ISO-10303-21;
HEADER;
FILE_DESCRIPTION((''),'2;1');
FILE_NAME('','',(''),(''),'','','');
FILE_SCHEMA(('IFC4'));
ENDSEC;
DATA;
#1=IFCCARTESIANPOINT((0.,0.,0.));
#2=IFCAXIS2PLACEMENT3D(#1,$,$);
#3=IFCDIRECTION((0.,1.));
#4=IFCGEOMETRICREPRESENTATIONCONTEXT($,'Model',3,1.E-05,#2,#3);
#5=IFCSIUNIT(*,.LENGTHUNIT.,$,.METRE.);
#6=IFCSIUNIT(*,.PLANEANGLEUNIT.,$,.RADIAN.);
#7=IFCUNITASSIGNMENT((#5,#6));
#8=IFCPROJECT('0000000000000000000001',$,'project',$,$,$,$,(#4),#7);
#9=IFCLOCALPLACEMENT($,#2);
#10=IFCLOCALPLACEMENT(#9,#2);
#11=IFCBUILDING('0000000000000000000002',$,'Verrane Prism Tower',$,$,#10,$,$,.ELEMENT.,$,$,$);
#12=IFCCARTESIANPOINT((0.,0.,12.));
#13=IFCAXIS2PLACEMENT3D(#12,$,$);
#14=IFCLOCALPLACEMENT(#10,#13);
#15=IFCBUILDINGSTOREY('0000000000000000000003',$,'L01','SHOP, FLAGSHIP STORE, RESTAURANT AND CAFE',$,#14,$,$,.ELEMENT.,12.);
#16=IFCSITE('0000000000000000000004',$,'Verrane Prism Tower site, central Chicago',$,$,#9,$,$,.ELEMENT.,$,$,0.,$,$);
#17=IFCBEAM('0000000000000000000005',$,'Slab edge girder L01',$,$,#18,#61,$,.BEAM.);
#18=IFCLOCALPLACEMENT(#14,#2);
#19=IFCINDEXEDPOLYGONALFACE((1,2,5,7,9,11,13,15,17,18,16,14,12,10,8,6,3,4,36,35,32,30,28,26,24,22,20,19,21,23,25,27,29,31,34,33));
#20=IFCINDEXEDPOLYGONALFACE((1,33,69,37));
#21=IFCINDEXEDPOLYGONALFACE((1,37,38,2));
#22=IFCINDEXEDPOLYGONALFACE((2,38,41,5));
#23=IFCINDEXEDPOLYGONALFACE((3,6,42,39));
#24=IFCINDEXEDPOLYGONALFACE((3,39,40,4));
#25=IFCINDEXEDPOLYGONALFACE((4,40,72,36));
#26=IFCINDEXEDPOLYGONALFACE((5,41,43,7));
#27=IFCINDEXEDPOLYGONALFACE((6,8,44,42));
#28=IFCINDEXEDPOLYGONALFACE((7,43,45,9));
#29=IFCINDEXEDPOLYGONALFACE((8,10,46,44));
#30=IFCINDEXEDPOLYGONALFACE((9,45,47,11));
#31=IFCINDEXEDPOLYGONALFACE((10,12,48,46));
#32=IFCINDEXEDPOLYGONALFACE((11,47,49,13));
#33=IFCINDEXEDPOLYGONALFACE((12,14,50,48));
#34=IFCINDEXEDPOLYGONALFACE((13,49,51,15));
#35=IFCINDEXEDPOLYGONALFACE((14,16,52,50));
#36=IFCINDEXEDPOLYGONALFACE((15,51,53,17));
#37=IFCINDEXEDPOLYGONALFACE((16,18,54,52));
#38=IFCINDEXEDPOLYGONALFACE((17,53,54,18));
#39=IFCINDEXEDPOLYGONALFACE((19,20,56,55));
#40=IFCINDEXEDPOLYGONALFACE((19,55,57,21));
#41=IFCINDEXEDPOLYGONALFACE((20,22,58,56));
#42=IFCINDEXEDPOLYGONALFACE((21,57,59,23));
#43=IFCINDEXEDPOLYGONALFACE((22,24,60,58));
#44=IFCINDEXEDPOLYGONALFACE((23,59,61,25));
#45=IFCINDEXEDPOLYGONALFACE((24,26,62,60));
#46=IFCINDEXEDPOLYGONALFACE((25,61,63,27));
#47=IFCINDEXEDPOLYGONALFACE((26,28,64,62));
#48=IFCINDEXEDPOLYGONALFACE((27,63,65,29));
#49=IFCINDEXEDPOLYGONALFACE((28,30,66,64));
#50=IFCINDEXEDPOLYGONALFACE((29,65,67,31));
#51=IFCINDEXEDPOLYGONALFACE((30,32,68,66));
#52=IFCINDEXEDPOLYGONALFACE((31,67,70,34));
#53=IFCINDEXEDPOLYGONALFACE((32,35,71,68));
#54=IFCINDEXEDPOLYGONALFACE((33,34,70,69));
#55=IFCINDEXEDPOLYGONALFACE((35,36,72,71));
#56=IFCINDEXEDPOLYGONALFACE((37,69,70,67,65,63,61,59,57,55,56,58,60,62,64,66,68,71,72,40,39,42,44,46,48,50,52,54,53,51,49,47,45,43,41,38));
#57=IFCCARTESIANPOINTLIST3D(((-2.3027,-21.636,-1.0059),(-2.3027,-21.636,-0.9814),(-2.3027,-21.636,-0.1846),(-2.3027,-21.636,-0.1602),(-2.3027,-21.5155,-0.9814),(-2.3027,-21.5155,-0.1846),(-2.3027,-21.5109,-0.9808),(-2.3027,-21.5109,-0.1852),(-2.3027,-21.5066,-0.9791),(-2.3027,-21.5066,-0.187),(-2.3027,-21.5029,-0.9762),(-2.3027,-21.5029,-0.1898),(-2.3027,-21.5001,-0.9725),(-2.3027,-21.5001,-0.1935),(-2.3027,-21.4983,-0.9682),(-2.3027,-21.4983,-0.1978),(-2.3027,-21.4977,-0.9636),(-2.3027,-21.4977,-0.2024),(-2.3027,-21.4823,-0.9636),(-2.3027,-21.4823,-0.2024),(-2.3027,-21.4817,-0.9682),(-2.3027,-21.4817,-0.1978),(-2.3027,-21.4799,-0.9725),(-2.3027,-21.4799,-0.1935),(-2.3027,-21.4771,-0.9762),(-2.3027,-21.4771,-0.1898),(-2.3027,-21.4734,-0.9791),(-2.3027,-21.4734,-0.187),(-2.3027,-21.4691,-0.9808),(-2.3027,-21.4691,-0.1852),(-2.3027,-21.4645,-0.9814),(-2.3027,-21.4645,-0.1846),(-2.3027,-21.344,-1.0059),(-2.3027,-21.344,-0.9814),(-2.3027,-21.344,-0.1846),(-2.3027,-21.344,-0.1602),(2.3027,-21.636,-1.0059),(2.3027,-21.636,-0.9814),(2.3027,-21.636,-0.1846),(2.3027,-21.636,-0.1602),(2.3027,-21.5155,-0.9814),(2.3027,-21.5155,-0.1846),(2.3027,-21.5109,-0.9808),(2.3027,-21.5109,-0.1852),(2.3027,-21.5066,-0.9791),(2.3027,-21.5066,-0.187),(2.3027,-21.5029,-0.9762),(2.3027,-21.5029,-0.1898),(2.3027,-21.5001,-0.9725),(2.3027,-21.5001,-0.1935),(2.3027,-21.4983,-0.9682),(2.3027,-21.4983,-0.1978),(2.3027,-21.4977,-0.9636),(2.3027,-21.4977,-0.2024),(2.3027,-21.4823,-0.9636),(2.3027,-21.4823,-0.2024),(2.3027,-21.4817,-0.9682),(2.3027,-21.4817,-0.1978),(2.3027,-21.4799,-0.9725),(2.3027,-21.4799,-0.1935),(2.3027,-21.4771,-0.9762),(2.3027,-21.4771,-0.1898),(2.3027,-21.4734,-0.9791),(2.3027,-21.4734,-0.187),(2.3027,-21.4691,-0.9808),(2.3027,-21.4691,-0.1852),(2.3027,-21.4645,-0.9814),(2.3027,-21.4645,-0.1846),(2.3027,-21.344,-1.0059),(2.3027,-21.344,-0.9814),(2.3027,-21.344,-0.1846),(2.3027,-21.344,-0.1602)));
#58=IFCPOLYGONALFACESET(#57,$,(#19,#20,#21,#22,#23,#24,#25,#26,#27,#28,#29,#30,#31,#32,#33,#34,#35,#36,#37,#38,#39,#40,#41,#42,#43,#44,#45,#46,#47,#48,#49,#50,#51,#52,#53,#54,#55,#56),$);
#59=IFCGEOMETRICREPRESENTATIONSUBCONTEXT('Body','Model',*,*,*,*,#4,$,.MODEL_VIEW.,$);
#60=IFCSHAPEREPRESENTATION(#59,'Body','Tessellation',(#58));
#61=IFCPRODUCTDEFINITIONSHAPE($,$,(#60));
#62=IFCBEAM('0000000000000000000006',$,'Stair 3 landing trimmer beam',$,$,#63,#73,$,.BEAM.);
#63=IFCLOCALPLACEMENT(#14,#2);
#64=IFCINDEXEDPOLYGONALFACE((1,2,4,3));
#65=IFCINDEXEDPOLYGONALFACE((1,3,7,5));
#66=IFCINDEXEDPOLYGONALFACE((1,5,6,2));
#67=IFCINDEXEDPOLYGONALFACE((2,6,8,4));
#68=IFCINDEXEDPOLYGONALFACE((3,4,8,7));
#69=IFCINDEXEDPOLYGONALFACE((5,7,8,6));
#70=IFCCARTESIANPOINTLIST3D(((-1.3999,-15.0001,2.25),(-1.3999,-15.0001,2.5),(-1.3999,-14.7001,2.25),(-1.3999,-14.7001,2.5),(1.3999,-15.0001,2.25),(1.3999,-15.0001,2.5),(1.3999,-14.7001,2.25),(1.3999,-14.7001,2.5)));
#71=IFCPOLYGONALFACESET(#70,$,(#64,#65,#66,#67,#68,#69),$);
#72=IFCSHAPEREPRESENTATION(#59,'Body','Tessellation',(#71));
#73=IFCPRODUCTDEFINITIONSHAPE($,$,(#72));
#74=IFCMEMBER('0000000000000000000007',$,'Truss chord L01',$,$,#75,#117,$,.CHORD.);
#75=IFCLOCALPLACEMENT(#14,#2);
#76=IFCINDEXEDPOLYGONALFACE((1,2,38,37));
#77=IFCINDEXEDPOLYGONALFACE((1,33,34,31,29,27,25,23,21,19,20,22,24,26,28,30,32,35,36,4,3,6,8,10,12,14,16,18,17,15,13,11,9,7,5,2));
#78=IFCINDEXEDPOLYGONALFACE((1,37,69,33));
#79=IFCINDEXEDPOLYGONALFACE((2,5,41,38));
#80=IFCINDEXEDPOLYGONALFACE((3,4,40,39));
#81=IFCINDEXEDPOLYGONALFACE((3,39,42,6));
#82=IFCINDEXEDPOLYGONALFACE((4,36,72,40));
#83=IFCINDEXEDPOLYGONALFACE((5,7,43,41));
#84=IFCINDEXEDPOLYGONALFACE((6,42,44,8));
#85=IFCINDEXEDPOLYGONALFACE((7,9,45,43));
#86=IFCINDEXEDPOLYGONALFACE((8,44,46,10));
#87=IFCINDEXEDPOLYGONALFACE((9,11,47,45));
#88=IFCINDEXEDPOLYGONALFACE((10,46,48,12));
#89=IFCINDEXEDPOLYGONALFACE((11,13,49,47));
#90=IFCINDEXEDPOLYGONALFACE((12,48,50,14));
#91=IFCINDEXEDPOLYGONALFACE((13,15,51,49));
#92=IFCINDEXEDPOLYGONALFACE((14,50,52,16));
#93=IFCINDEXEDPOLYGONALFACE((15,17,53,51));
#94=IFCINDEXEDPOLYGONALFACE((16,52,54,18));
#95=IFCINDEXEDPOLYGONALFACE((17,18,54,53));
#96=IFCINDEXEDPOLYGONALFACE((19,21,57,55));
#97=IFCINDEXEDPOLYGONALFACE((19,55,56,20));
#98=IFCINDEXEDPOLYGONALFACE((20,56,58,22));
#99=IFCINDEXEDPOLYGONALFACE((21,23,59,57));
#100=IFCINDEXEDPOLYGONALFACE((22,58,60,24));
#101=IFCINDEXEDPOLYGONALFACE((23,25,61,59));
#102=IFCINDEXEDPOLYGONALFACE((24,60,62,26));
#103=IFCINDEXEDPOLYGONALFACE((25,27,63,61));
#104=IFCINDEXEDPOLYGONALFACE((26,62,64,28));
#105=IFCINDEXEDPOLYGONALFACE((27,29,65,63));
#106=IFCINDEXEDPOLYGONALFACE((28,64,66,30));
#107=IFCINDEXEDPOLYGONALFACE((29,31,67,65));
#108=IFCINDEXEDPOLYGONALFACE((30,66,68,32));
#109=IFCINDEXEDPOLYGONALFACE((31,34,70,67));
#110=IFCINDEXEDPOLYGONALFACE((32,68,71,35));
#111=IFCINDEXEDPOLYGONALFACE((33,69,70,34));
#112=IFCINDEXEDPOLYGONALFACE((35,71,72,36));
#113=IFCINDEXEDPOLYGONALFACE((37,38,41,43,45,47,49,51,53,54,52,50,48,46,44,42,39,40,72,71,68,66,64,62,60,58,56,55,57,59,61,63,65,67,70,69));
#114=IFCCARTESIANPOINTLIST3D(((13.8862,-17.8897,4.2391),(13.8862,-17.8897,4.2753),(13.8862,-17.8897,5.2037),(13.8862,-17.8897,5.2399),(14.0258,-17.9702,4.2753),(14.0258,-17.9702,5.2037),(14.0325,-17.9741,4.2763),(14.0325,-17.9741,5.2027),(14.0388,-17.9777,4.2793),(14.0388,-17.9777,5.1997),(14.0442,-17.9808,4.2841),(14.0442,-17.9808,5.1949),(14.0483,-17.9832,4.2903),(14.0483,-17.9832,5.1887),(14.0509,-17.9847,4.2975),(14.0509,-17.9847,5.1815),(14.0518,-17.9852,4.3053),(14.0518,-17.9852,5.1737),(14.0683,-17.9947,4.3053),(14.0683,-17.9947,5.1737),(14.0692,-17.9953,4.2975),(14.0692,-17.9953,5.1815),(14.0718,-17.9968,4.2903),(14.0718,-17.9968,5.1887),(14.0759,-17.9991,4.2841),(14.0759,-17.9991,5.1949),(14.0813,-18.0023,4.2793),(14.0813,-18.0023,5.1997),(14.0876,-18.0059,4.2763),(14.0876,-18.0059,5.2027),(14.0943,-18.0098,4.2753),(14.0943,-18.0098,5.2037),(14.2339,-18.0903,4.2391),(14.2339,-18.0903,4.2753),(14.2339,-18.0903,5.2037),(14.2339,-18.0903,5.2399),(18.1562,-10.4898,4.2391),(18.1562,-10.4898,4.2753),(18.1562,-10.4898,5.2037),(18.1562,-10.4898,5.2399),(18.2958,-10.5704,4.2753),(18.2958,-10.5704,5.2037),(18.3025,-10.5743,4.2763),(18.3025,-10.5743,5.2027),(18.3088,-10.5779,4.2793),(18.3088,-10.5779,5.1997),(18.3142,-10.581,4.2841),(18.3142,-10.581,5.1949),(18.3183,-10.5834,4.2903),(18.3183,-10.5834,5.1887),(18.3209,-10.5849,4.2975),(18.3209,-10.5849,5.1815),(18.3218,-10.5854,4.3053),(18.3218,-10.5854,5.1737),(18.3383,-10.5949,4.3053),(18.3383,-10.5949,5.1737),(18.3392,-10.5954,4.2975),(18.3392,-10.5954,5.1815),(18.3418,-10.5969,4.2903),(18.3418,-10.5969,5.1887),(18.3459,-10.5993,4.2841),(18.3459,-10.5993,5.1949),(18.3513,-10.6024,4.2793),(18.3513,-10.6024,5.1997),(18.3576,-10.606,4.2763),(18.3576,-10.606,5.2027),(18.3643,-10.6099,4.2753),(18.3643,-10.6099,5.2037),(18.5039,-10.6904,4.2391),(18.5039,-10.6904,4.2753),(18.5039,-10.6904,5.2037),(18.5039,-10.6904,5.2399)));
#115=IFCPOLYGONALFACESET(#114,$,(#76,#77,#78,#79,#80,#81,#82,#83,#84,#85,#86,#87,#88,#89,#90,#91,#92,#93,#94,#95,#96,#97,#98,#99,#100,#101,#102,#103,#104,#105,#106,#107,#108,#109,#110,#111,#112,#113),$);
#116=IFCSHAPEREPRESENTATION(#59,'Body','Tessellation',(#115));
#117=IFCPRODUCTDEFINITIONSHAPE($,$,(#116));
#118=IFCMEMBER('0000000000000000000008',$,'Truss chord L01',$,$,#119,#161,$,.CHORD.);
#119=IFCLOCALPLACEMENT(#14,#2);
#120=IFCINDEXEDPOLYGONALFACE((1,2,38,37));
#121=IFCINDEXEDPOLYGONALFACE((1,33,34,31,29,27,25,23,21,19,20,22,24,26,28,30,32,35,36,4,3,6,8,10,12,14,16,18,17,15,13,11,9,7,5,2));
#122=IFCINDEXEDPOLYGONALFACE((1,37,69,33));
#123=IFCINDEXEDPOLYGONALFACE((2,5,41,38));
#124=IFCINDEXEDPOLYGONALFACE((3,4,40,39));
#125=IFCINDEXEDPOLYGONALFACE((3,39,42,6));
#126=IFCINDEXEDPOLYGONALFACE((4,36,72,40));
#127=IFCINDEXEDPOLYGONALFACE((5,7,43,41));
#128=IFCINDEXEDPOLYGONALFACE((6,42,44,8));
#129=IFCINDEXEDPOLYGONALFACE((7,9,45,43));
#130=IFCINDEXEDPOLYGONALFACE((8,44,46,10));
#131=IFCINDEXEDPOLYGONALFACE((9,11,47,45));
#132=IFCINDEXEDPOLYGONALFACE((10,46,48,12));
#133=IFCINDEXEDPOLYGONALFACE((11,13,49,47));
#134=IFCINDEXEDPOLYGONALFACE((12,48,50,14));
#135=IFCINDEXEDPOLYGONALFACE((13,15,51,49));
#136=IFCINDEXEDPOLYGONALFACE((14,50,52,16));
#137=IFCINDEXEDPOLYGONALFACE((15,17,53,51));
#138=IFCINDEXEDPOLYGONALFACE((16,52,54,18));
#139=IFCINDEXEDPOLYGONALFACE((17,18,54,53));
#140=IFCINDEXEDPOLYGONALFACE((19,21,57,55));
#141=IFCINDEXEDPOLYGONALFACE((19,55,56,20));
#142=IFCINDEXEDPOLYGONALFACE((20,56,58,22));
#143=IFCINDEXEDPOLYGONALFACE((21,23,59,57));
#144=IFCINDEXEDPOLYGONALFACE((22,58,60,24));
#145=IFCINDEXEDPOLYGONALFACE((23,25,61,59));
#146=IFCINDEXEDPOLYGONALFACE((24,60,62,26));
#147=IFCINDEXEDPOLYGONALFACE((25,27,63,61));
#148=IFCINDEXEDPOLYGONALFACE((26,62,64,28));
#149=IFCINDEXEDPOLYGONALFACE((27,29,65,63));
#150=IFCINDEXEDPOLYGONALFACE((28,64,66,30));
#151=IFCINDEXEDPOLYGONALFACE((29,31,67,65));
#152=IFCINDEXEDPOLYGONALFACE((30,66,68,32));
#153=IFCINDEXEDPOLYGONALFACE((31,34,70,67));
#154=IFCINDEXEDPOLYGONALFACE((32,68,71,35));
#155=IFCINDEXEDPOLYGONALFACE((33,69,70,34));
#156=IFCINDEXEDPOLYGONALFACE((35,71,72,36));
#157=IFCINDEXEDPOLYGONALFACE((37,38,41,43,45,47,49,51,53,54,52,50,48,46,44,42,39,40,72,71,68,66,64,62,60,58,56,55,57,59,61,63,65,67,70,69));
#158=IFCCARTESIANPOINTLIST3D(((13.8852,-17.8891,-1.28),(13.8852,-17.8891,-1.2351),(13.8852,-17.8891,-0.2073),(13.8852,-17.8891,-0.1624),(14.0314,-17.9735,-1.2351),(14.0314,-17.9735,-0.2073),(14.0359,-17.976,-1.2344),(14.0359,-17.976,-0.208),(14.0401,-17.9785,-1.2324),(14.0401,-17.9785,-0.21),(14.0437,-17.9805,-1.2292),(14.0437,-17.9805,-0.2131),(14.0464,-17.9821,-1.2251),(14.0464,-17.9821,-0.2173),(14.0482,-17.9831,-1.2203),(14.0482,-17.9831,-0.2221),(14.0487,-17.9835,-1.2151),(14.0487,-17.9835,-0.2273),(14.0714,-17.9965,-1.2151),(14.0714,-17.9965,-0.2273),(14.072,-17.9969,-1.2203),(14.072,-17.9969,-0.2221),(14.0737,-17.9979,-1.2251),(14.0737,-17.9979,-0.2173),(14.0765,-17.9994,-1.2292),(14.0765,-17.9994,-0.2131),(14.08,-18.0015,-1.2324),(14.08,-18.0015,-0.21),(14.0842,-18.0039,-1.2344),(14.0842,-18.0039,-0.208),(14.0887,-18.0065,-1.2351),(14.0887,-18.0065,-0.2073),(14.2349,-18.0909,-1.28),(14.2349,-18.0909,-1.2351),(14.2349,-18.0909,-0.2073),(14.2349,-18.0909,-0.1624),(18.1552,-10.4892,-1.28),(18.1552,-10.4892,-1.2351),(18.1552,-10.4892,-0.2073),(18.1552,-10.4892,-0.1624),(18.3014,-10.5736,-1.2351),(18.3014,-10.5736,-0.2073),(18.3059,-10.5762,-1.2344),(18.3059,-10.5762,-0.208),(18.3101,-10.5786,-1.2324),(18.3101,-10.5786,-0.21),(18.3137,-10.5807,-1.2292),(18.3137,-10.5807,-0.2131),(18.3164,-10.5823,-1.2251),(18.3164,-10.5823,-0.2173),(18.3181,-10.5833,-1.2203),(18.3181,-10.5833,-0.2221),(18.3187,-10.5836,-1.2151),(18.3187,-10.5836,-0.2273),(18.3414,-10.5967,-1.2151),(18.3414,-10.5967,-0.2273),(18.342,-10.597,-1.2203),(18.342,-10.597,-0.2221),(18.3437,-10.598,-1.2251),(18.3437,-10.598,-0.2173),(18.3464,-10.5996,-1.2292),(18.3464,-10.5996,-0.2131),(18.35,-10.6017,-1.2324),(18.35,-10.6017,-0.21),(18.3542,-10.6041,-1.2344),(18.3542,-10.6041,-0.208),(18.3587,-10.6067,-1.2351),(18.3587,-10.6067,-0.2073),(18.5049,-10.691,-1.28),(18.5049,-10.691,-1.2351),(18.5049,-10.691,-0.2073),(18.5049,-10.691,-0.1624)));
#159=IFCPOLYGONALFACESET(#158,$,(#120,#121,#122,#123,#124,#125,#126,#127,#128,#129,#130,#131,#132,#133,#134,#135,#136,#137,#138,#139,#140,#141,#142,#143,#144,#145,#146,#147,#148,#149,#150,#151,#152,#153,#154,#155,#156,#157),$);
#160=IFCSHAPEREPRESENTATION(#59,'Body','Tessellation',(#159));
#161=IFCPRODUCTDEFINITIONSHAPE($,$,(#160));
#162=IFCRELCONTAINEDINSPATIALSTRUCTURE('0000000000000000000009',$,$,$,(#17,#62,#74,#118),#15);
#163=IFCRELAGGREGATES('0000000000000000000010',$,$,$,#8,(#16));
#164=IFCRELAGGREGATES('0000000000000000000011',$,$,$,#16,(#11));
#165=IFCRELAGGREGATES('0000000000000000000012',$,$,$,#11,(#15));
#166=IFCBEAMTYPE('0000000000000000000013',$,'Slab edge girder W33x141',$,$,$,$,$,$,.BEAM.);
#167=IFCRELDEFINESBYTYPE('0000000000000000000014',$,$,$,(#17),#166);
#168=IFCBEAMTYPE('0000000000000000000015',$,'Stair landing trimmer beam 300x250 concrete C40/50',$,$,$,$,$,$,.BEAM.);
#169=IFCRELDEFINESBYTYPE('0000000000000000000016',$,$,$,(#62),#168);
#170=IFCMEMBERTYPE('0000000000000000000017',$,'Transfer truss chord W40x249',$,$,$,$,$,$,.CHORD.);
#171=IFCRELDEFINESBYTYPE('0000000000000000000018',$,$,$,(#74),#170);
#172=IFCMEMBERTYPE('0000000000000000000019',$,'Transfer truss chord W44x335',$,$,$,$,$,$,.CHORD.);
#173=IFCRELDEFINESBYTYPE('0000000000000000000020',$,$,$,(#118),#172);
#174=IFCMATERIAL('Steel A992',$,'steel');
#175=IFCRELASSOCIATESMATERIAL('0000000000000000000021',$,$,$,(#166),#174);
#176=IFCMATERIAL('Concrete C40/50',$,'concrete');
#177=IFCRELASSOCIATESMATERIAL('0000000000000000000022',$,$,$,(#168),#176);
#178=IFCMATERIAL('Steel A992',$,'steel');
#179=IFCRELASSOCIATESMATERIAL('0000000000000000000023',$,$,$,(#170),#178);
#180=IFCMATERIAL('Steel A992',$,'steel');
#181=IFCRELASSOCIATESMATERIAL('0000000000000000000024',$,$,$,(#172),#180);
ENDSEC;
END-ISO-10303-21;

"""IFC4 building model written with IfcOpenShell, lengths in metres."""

from ifc_helpers import new_model, si_unit, direction, frame, origin, origin_2d, place, context, subcontext, project, spatial, rectangle, i_section, extrude, material, material_profile, profile_set, type_object, element, save


model = new_model("IFC4")

# Units and contexts
model_context = context("Model", 3, precision=1e-05, world=origin(), true_north=direction((0.0, 1.0)))
body_context = subcontext(model_context, "Body", "Model", "MODEL_VIEW")
ifc_project = project(units=[si_unit("LENGTHUNIT", "METRE"), si_unit("PLANEANGLEUNIT", "RADIAN")], contexts=[model_context])

# Site, building, storey
site_placement = place(None, origin())
site = spatial("IfcSite", under=ifc_project, at=site_placement, Name="Verrane Prism Tower site, central Chicago", CompositionType="ELEMENT", RefElevation=0.0)
building_placement = place(site_placement, origin())
building = spatial("IfcBuilding", under=site, at=building_placement, Name="Verrane Prism Tower", CompositionType="ELEMENT")
storey_placement = place(building_placement, frame((0.0, 0.0, 12.0)))
storey = spatial("IfcBuildingStorey", under=building, at=storey_placement, Name="L01", Description="SHOP, FLAGSHIP STORE, RESTAURANT AND CAFE", CompositionType="ELEMENT", Elevation=12.0)

# Beams
ifc_material_1 = material(Name="Steel A992", Category="steel")
ifc_material_profile_1 = material_profile(ifc_material_1, i_section(OverallWidth=0.292, OverallDepth=0.8457, WebThickness=0.0154, FlangeThickness=0.0244, FilletRadius=0.0178, at=origin_2d()), Name="W33x141")
ifc_profile_set_1 = profile_set([ifc_material_profile_1], Name="Steel A992")
beam_type_1 = type_object("IfcBeamType", Name="Slab edge girder W33x141", PredefinedType="BEAM", material=ifc_profile_set_1)
beam_1_placement = place(storey_placement, frame((2.3027, -21.49, -0.583), z_axis=(-1.0, 0.0, 0.0), x_axis=(0.0, -1.0, 0.0)))
element("IfcBeam", 1, at=beam_1_placement, inside=storey, type_object=beam_type_1, Name="Slab edge girder L01", PredefinedType="BEAM", context=body_context, shape_type="SweptSolid", body=[
    extrude(i_section(OverallWidth=0.292, OverallDepth=0.8457, WebThickness=0.0154, FlangeThickness=0.0244, FilletRadius=0.0178, at=origin_2d()), origin(), (0.0, 0.0, 1.0), 4.6055),
])
ifc_material_2 = material(Name="Concrete C40/50", Category="concrete")
ifc_material_profile_2 = material_profile(ifc_material_2, rectangle(XDim=0.3, YDim=0.25, at=origin_2d()), Name="RC 300x250")
ifc_profile_set_2 = profile_set([ifc_material_profile_2], Name="Concrete C40/50")
beam_type_2 = type_object("IfcBeamType", Name="Stair landing trimmer beam 300x250 concrete C40/50", PredefinedType="BEAM", material=ifc_profile_set_2)
beam_2_placement = place(storey_placement, frame((1.3999, -14.8501, 2.375), z_axis=(-1.0, 0.0, 0.0), x_axis=(0.0, -1.0, 0.0)))
element("IfcBeam", 2, at=beam_2_placement, inside=storey, type_object=beam_type_2, Name="Stair 3 landing trimmer beam", PredefinedType="BEAM", context=body_context, shape_type="SweptSolid", body=[
    extrude(rectangle(XDim=0.3, YDim=0.25, at=origin_2d()), origin(), (0.0, 0.0, 1.0), 2.7998),
])

# Members
ifc_material_3 = material(Name="Steel A992", Category="steel")
ifc_material_profile_3 = material_profile(ifc_material_3, i_section(OverallWidth=0.4014, OverallDepth=1.0007, WebThickness=0.019, FlangeThickness=0.0361, FilletRadius=0.03, at=origin_2d()), Name="W40x249")
ifc_profile_set_3 = profile_set([ifc_material_profile_3], Name="Steel A992")
member_type_1 = type_object("IfcMemberType", Name="Transfer truss chord W40x249", PredefinedType="CHORD", material=ifc_profile_set_3)
member_1_placement = place(storey_placement, frame((14.0601, -17.99, 4.7395), z_axis=(0.499797, 0.866143, 0.0), x_axis=(-0.866143, 0.499797, 0.0)))
element("IfcMember", 3, at=member_1_placement, inside=storey, type_object=member_type_1, Name="Truss chord L01", PredefinedType="CHORD", context=body_context, shape_type="SweptSolid", body=[
    extrude(i_section(OverallWidth=0.4014, OverallDepth=1.0007, WebThickness=0.019, FlangeThickness=0.0361, FilletRadius=0.03, at=origin_2d()), origin(), (0.0, 0.0, 1.0), 8.5435),
])
ifc_material_4 = material(Name="Steel A992", Category="steel")
ifc_material_profile_4 = material_profile(ifc_material_4, i_section(OverallWidth=0.4038, OverallDepth=1.1177, WebThickness=0.0261, FlangeThickness=0.0449, FilletRadius=0.02, at=origin_2d()), Name="W44x335")
ifc_profile_set_4 = profile_set([ifc_material_profile_4], Name="Steel A992")
member_type_2 = type_object("IfcMemberType", Name="Transfer truss chord W44x335", PredefinedType="CHORD", material=ifc_profile_set_4)
member_2_placement = place(storey_placement, frame((14.0601, -17.99, -0.7212), z_axis=(0.499797, 0.866143, 0.0), x_axis=(-0.866143, 0.499797, 0.0)))
element("IfcMember", 4, at=member_2_placement, inside=storey, type_object=member_type_2, Name="Truss chord L01", PredefinedType="CHORD", context=body_context, shape_type="SweptSolid", body=[
    extrude(i_section(OverallWidth=0.4038, OverallDepth=1.1177, WebThickness=0.0261, FlangeThickness=0.0449, FilletRadius=0.02, at=origin_2d()), origin(), (0.0, 0.0, 1.0), 8.5435),
])

save(model, "model.ifc")
